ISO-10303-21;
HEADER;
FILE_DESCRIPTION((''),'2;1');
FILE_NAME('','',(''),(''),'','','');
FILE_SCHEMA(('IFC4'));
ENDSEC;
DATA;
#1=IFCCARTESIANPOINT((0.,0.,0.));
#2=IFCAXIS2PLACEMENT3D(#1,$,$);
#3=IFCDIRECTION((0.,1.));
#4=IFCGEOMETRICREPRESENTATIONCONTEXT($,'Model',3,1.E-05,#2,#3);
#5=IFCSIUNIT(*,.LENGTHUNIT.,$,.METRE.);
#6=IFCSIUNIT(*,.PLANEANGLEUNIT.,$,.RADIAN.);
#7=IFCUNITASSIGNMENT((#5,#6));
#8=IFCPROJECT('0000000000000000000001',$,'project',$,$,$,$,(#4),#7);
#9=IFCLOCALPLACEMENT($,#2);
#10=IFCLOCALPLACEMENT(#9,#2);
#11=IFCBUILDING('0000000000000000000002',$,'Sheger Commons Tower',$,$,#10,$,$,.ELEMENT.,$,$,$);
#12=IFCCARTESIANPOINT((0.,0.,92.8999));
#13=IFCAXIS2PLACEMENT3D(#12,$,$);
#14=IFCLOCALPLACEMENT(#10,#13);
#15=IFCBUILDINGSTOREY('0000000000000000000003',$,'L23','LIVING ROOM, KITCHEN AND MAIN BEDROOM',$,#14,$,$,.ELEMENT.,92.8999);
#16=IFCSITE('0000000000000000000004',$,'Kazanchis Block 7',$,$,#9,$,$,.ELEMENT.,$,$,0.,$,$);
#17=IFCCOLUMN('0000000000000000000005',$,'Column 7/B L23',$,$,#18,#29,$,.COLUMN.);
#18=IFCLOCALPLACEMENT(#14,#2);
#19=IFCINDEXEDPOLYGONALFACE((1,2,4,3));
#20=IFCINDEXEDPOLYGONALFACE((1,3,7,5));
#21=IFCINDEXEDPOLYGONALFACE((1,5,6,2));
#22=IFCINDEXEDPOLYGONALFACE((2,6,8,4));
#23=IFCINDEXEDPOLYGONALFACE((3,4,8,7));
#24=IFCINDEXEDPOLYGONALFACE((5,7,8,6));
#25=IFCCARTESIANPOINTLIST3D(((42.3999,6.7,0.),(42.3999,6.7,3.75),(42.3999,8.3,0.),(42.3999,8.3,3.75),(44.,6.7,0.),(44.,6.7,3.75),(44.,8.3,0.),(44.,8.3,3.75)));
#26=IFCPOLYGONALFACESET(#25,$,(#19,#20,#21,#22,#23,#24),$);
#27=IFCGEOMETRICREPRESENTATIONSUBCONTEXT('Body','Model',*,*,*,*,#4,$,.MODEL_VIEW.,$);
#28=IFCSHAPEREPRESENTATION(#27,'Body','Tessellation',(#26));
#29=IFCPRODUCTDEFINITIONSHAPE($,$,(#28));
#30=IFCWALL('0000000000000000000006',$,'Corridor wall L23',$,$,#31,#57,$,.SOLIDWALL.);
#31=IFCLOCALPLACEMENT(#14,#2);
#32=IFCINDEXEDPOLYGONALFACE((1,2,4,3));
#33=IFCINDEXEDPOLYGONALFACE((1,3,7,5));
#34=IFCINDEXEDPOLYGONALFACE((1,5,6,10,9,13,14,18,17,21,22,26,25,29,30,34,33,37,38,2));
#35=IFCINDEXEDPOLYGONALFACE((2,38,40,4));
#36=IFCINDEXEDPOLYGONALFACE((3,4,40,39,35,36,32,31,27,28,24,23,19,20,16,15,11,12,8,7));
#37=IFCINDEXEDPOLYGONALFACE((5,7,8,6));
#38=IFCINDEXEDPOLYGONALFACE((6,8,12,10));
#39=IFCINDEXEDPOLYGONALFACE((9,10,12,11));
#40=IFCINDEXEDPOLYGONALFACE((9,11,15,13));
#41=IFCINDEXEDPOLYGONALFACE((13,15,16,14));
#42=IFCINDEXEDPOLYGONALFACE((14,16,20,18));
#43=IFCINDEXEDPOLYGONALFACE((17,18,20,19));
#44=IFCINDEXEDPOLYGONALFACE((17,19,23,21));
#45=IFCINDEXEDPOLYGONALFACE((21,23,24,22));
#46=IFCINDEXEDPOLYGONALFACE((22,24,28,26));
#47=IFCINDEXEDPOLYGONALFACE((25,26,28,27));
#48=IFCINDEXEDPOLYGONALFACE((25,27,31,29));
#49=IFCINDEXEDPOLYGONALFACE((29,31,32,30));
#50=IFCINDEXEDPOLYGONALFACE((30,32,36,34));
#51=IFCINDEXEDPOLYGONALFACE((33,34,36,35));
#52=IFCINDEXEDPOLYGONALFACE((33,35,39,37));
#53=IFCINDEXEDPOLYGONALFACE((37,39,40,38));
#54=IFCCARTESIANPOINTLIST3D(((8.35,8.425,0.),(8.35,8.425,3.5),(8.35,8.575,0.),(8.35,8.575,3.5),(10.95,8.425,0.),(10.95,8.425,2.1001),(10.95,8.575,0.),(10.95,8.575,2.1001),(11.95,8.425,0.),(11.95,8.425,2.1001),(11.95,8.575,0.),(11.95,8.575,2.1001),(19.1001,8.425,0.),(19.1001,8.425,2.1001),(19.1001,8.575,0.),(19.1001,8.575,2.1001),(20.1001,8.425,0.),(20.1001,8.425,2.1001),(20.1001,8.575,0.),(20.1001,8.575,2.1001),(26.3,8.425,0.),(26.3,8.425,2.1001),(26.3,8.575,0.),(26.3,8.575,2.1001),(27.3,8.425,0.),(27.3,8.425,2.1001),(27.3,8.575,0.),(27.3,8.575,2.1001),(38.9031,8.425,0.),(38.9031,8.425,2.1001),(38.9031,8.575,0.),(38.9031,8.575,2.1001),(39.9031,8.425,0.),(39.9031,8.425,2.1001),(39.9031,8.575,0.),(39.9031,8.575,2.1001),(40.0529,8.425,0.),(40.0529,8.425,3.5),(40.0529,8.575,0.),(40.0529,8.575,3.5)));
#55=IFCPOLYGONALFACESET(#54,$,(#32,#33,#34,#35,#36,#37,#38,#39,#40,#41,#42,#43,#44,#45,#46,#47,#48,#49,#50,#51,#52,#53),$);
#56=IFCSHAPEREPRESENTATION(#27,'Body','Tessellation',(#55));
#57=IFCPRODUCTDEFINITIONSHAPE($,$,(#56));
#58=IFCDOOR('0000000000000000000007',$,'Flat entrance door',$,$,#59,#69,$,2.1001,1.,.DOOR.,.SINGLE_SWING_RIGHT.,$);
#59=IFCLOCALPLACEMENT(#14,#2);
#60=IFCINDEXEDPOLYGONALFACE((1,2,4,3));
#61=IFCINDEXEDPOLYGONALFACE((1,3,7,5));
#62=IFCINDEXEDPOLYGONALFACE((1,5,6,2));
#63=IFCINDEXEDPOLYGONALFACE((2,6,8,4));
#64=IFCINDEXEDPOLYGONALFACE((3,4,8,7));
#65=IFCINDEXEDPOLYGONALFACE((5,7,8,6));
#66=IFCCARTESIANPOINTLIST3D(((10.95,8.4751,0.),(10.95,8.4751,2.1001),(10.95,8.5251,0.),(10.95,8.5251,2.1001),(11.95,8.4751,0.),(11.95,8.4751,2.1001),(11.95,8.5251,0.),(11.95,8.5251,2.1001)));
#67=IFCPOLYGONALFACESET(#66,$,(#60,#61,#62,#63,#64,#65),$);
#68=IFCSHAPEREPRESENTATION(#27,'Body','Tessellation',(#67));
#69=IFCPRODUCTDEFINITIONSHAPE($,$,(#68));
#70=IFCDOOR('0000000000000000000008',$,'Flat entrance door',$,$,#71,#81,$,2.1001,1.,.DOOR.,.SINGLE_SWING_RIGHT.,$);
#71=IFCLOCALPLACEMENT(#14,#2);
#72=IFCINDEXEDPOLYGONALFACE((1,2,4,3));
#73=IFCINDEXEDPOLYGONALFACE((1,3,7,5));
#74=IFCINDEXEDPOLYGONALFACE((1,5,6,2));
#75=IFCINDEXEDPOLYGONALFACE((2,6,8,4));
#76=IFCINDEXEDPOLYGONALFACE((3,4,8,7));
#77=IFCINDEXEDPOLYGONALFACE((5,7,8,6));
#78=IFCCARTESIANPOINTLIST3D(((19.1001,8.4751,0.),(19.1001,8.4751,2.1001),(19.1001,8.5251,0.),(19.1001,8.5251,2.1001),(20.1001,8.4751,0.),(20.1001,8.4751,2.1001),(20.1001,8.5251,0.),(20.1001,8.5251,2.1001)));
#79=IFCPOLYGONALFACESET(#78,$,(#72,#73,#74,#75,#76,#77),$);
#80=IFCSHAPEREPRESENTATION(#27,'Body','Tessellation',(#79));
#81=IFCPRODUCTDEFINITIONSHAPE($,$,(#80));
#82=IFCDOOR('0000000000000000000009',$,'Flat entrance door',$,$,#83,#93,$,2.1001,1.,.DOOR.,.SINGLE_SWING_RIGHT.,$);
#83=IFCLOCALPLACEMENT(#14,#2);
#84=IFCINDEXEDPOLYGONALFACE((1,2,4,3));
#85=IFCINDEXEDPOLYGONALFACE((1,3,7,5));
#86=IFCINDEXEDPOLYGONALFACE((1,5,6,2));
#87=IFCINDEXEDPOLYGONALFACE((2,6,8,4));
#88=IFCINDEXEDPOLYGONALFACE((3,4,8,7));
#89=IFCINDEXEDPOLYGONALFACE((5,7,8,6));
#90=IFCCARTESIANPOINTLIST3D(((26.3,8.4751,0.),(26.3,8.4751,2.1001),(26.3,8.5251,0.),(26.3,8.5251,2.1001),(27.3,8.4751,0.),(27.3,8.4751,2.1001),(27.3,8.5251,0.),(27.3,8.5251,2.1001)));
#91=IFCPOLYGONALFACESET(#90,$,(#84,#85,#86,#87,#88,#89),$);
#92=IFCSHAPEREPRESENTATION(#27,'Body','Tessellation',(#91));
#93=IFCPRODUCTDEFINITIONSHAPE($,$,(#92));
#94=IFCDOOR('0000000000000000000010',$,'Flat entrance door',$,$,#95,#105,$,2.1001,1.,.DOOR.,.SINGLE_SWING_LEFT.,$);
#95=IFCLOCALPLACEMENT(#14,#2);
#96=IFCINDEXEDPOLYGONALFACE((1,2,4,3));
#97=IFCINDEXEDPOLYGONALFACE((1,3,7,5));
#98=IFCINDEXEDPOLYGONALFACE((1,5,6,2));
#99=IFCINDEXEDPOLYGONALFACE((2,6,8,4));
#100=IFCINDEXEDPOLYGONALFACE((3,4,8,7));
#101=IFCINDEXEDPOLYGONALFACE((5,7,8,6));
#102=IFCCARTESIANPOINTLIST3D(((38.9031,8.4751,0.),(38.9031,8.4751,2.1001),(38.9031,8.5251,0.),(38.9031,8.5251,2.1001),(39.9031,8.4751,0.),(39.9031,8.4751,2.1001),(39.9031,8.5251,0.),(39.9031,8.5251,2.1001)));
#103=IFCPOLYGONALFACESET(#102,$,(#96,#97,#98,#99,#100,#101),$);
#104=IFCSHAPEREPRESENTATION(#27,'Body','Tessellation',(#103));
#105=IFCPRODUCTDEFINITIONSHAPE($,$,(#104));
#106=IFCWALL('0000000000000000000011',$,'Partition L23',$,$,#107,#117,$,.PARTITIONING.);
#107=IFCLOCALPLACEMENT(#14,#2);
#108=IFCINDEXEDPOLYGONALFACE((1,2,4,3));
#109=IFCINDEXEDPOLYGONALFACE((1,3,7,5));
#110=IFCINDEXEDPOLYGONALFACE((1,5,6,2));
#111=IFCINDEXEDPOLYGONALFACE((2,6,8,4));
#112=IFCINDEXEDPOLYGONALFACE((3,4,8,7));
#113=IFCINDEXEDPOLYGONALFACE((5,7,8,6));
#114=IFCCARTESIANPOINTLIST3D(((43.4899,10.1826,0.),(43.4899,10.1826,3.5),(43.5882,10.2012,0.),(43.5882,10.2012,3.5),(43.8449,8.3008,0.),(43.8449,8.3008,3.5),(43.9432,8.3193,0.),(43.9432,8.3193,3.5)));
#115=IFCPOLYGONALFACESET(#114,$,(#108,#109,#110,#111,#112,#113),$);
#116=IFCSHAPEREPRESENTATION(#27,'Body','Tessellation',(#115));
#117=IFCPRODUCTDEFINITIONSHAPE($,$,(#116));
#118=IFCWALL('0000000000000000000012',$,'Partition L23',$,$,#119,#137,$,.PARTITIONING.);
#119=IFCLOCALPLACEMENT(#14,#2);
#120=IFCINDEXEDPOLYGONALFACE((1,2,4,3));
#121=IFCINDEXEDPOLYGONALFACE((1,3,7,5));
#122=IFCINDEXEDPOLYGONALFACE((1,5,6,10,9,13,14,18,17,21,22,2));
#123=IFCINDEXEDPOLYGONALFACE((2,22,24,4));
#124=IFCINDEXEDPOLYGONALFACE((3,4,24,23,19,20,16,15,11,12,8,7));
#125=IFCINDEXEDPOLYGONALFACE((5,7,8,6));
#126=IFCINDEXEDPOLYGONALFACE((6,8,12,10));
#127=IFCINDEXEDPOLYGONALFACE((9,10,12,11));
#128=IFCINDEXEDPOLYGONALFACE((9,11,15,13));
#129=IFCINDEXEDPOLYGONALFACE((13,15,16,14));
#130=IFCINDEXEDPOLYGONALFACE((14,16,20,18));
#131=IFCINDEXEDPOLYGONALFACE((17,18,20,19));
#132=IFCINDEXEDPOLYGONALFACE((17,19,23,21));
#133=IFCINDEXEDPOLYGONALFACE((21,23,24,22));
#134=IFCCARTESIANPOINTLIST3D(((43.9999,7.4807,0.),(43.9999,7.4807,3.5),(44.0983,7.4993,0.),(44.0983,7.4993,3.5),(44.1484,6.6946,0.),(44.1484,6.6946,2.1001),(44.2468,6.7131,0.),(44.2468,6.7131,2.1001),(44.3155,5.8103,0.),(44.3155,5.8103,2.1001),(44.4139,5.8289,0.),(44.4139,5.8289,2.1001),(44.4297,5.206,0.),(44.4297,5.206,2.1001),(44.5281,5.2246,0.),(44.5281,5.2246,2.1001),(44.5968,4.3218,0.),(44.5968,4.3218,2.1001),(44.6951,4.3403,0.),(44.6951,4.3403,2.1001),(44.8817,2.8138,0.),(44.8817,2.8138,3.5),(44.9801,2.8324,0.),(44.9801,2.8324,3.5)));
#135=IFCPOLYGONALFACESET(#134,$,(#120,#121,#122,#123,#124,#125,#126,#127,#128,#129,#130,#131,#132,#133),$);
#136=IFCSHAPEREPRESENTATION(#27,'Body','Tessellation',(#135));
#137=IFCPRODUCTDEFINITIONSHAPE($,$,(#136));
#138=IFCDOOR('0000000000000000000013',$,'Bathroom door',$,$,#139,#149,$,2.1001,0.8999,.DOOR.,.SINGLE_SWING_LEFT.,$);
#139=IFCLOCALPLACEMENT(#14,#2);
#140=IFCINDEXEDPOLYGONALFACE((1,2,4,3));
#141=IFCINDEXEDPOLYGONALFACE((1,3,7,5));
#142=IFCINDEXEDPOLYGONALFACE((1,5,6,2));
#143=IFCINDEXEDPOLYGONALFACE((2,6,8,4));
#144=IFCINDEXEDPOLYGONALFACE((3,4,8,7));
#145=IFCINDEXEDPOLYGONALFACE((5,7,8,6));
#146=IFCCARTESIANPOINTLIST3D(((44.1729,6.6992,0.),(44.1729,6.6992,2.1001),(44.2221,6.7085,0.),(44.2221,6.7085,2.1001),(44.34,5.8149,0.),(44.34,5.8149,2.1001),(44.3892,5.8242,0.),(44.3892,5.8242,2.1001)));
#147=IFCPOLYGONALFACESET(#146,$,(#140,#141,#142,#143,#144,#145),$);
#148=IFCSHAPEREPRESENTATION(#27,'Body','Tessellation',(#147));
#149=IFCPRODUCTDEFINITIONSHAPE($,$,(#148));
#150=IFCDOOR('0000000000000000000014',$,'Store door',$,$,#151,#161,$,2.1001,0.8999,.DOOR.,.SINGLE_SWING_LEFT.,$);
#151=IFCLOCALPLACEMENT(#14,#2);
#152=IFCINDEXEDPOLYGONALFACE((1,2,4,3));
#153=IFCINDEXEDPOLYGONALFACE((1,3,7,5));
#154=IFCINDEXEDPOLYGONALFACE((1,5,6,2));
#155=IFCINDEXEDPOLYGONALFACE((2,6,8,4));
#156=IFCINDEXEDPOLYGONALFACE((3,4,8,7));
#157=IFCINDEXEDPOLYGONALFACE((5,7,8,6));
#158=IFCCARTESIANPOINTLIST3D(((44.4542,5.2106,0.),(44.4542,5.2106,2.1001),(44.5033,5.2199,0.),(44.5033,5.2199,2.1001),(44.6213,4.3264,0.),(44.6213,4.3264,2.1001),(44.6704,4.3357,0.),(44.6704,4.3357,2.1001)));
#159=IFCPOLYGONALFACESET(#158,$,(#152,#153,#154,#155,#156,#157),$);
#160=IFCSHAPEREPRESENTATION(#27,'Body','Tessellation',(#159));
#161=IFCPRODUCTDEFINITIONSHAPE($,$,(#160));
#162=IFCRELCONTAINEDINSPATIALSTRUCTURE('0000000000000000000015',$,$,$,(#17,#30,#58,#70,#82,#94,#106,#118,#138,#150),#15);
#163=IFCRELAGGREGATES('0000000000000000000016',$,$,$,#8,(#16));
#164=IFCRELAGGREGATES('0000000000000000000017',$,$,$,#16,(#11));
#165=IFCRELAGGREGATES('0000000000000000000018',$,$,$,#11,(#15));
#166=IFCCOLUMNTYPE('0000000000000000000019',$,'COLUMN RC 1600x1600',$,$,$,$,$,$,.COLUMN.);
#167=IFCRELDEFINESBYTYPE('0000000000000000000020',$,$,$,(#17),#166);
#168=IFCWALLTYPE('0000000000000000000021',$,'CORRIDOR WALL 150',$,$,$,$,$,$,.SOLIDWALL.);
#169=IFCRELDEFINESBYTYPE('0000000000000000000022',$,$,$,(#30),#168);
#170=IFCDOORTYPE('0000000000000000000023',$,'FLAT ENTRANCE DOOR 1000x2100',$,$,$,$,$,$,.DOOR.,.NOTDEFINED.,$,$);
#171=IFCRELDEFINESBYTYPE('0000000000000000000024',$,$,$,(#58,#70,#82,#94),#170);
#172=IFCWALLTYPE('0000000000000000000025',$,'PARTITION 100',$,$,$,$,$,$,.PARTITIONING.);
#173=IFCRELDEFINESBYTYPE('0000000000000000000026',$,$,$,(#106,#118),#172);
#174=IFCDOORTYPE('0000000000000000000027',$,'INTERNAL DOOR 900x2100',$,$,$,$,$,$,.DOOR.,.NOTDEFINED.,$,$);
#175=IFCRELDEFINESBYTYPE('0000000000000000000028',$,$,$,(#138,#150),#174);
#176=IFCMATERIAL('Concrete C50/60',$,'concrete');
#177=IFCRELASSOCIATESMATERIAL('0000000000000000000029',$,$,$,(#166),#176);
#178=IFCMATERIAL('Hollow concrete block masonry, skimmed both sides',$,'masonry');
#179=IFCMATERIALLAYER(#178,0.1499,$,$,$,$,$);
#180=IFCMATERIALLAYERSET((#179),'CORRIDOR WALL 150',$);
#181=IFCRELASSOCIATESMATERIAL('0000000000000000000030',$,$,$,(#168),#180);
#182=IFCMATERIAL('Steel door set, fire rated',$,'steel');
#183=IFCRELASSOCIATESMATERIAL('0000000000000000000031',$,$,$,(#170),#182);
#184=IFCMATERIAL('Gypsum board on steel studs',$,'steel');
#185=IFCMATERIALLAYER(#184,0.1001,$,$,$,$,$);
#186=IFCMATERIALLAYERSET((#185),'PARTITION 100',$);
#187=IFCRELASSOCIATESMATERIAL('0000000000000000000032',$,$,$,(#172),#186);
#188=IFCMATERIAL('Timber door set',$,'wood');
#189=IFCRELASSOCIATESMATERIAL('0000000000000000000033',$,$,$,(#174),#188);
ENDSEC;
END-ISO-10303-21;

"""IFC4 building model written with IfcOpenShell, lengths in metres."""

from ifc_helpers import new_model, si_unit, direction, frame, frame_2d, origin, origin_2d, place, context, subcontext, project, spatial, rectangle, extrude, material, layer, layer_set, material_profile, profile_set, type_object, element, fill, save


model = new_model("IFC4")

# Units and contexts
model_context = context("Model", 3, precision=1e-05, world=origin(), true_north=direction((0.0, 1.0)))
body_context = subcontext(model_context, "Body", "Model", "MODEL_VIEW")
ifc_project = project(units=[si_unit("LENGTHUNIT", "METRE"), si_unit("PLANEANGLEUNIT", "RADIAN")], contexts=[model_context])

# Site, building, storey
site_placement = place(None, origin())
site = spatial("IfcSite", under=ifc_project, at=site_placement, Name="Kazanchis Block 7", CompositionType="ELEMENT", RefElevation=0.0)
building_placement = place(site_placement, origin())
building = spatial("IfcBuilding", under=site, at=building_placement, Name="Sheger Commons Tower", CompositionType="ELEMENT")
storey_placement = place(building_placement, frame((0.0, 0.0, 92.8999)))
storey = spatial("IfcBuildingStorey", under=building, at=storey_placement, Name="L23", Description="LIVING ROOM, KITCHEN AND MAIN BEDROOM", CompositionType="ELEMENT", Elevation=92.8999)

# Column
ifc_material_1 = material(Name="Concrete C50/60", Category="concrete")
ifc_material_profile = material_profile(ifc_material_1, rectangle(XDim=1.6001, YDim=1.6001, at=origin_2d()), Name="RC 1600x1600")
ifc_profile_set = profile_set([ifc_material_profile], Name="Concrete C50/60")
column_type = type_object("IfcColumnType", Name="COLUMN RC 1600x1600", PredefinedType="COLUMN", material=ifc_profile_set)
column_placement = place(storey_placement, frame((43.2, 7.5, 0.0), z_axis=(0.0, 0.0, 1.0), x_axis=(1.0, 0.0, 0.0)))
element("IfcColumn", 1, at=column_placement, inside=storey, type_object=column_type, Name="Column 7/B L23", PredefinedType="COLUMN", context=body_context, shape_type="SweptSolid", body=[
    extrude(rectangle(XDim=1.6001, YDim=1.6001, at=origin_2d()), origin(), (0.0, 0.0, 1.0), 3.75),
])

# Wall, openings, doors
ifc_material_2 = material(Name="Hollow concrete block masonry, skimmed both sides", Category="masonry")
ifc_layer_1 = layer(ifc_material_2, 0.1499)
ifc_layer_set_1 = layer_set([ifc_layer_1], Name="CORRIDOR WALL 150")
wall_type_1 = type_object("IfcWallType", Name="CORRIDOR WALL 150", PredefinedType="SOLIDWALL", material=ifc_layer_set_1)
wall_1_placement = place(storey_placement, frame((40.053, 8.5, 0.0), z_axis=(0.0, 0.0, 1.0), x_axis=(-1.0, 0.0, 0.0)))
wall_1 = element("IfcWall", 2, at=wall_1_placement, inside=storey, type_object=wall_type_1, Name="Corridor wall L23", PredefinedType="SOLIDWALL", context=body_context, shape_type="SweptSolid", body=[
    extrude(rectangle(XDim=31.7029, YDim=0.1499, at=frame_2d((15.8516, 0.0))), origin(), (0.0, 0.0, 1.0), 3.5),
])
opening_1_placement = place(wall_1_placement, frame((28.103, 0.0, 0.0)))
opening_1 = element("IfcOpeningElement", 3, at=opening_1_placement, cuts=wall_1, PredefinedType="OPENING", context=body_context, shape_type="SweptSolid", body=[
    extrude(rectangle(XDim=1.0, YDim=2.1001, at=frame_2d((0.5, 1.05))), frame((0.0, 0.085, 0.0), z_axis=(0.0, -1.0, 0.0), x_axis=(1.0, 0.0, 0.0)), (0.0, 0.0, 1.0), 0.1699),
])
opening_2_placement = place(wall_1_placement, frame((19.9529, 0.0, 0.0)))
opening_2 = element("IfcOpeningElement", 4, at=opening_2_placement, cuts=wall_1, PredefinedType="OPENING", context=body_context, shape_type="SweptSolid", body=[
    extrude(rectangle(XDim=1.0, YDim=2.1001, at=frame_2d((0.5, 1.05))), frame((0.0, 0.085, 0.0), z_axis=(0.0, -1.0, 0.0), x_axis=(1.0, 0.0, 0.0)), (0.0, 0.0, 1.0), 0.1699),
])
opening_3_placement = place(wall_1_placement, frame((12.7529, 0.0, 0.0)))
opening_3 = element("IfcOpeningElement", 5, at=opening_3_placement, cuts=wall_1, PredefinedType="OPENING", context=body_context, shape_type="SweptSolid", body=[
    extrude(rectangle(XDim=1.0, YDim=2.1001, at=frame_2d((0.5, 1.05))), frame((0.0, 0.085, 0.0), z_axis=(0.0, -1.0, 0.0), x_axis=(1.0, 0.0, 0.0)), (0.0, 0.0, 1.0), 0.1699),
])
opening_4_placement = place(wall_1_placement, frame((0.1499, 0.0, 0.0)))
opening_4 = element("IfcOpeningElement", 6, at=opening_4_placement, cuts=wall_1, PredefinedType="OPENING", context=body_context, shape_type="SweptSolid", body=[
    extrude(rectangle(XDim=1.0, YDim=2.1001, at=frame_2d((0.5, 1.05))), frame((0.0, 0.085, 0.0), z_axis=(0.0, -1.0, 0.0), x_axis=(1.0, 0.0, 0.0)), (0.0, 0.0, 1.0), 0.1699),
])
ifc_material_3 = material(Name="Steel door set, fire rated", Category="steel")
door_type_1 = type_object("IfcDoorType", Name="FLAT ENTRANCE DOOR 1000x2100", OperationType="NOTDEFINED", PredefinedType="DOOR", material=ifc_material_3)
door_1_placement = place(opening_1_placement, origin())
door_1 = element("IfcDoor", 7, at=door_1_placement, inside=storey, type_object=door_type_1, Name="Flat entrance door", OperationType="SINGLE_SWING_RIGHT", OverallHeight=2.1001, OverallWidth=1.0, PredefinedType="DOOR", context=body_context, shape_type="SweptSolid", body=[
    extrude(rectangle(XDim=1.0, YDim=2.1001, at=frame_2d((0.5, 1.05))), frame((0.0, 0.0249, 0.0), z_axis=(0.0, -1.0, 0.0), x_axis=(1.0, 0.0, 0.0)), (0.0, 0.0, 1.0), 0.05),
])
fill(opening_1, door_1)
door_2_placement = place(opening_2_placement, origin())
door_2 = element("IfcDoor", 8, at=door_2_placement, inside=storey, type_object=door_type_1, Name="Flat entrance door", OperationType="SINGLE_SWING_RIGHT", OverallHeight=2.1001, OverallWidth=1.0, PredefinedType="DOOR", context=body_context, shape_type="SweptSolid", body=[
    extrude(rectangle(XDim=1.0, YDim=2.1001, at=frame_2d((0.5, 1.05))), frame((0.0, 0.0249, 0.0), z_axis=(0.0, -1.0, 0.0), x_axis=(1.0, 0.0, 0.0)), (0.0, 0.0, 1.0), 0.05),
])
fill(opening_2, door_2)
door_3_placement = place(opening_3_placement, origin())
door_3 = element("IfcDoor", 9, at=door_3_placement, inside=storey, type_object=door_type_1, Name="Flat entrance door", OperationType="SINGLE_SWING_RIGHT", OverallHeight=2.1001, OverallWidth=1.0, PredefinedType="DOOR", context=body_context, shape_type="SweptSolid", body=[
    extrude(rectangle(XDim=1.0, YDim=2.1001, at=frame_2d((0.5, 1.05))), frame((0.0, 0.0249, 0.0), z_axis=(0.0, -1.0, 0.0), x_axis=(1.0, 0.0, 0.0)), (0.0, 0.0, 1.0), 0.05),
])
fill(opening_3, door_3)
door_4_placement = place(opening_4_placement, origin())
door_4 = element("IfcDoor", 10, at=door_4_placement, inside=storey, type_object=door_type_1, Name="Flat entrance door", OperationType="SINGLE_SWING_LEFT", OverallHeight=2.1001, OverallWidth=1.0, PredefinedType="DOOR", context=body_context, shape_type="SweptSolid", body=[
    extrude(rectangle(XDim=1.0, YDim=2.1001, at=frame_2d((0.5, 1.05))), frame((0.0, 0.0249, 0.0), z_axis=(0.0, -1.0, 0.0), x_axis=(1.0, 0.0, 0.0)), (0.0, 0.0, 1.0), 0.05),
])
fill(opening_4, door_4)

# Wall
ifc_material_4 = material(Name="Gypsum board on steel studs", Category="steel")
ifc_layer_2 = layer(ifc_material_4, 0.1001)
ifc_layer_set_2 = layer_set([ifc_layer_2], Name="PARTITION 100")
wall_type_2 = type_object("IfcWallType", Name="PARTITION 100", PredefinedType="PARTITIONING", material=ifc_layer_set_2)
wall_2_placement = place(storey_placement, frame((43.5391, 10.1919, 0.0), z_axis=(0.0, 0.0, 1.0), x_axis=(0.185366, -0.98267, 0.0)))
element("IfcWall", 11, at=wall_2_placement, inside=storey, type_object=wall_type_2, Name="Partition L23", PredefinedType="PARTITIONING", context=body_context, shape_type="SweptSolid", body=[
    extrude(rectangle(XDim=1.915, YDim=0.1001, at=frame_2d((0.9575, 0.0))), origin(), (0.0, 0.0, 1.0), 3.5),
])

# Wall, openings, doors
wall_3_placement = place(storey_placement, frame((44.0491, 7.49, 0.0), z_axis=(0.0, 0.0, 1.0), x_axis=(0.185666, -0.982613, 0.0)))
wall_3 = element("IfcWall", 12, at=wall_3_placement, inside=storey, type_object=wall_type_2, Name="Partition L23", PredefinedType="PARTITIONING", context=body_context, shape_type="SweptSolid", body=[
    extrude(rectangle(XDim=4.7495, YDim=0.1001, at=frame_2d((2.3748, 0.0))), origin(), (0.0, 0.0, 1.0), 3.5),
])
opening_5_placement = place(wall_3_placement, frame((0.8, 0.0, 0.0)))
opening_5 = element("IfcOpeningElement", 13, at=opening_5_placement, cuts=wall_3, PredefinedType="OPENING", context=body_context, shape_type="SweptSolid", body=[
    extrude(rectangle(XDim=0.8999, YDim=2.1001, at=frame_2d((0.45, 1.05))), frame((0.0, 0.0601, 0.0), z_axis=(0.0, -1.0, 0.0), x_axis=(1.0, 0.0, 0.0)), (0.0, 0.0, 1.0), 0.1201),
])
opening_6_placement = place(wall_3_placement, frame((2.3149, 0.0, 0.0)))
opening_6 = element("IfcOpeningElement", 14, at=opening_6_placement, cuts=wall_3, PredefinedType="OPENING", context=body_context, shape_type="SweptSolid", body=[
    extrude(rectangle(XDim=0.8999, YDim=2.1001, at=frame_2d((0.45, 1.05))), frame((0.0, 0.0601, 0.0), z_axis=(0.0, -1.0, 0.0), x_axis=(1.0, 0.0, 0.0)), (0.0, 0.0, 1.0), 0.1201),
])
ifc_material_5 = material(Name="Timber door set", Category="wood")
door_type_2 = type_object("IfcDoorType", Name="INTERNAL DOOR 900x2100", OperationType="NOTDEFINED", PredefinedType="DOOR", material=ifc_material_5)
door_5_placement = place(opening_5_placement, origin())
door_5 = element("IfcDoor", 15, at=door_5_placement, inside=storey, type_object=door_type_2, Name="Bathroom door", OperationType="SINGLE_SWING_LEFT", OverallHeight=2.1001, OverallWidth=0.8999, PredefinedType="DOOR", context=body_context, shape_type="SweptSolid", body=[
    extrude(rectangle(XDim=0.8999, YDim=2.1001, at=frame_2d((0.45, 1.05))), frame((0.0, 0.0249, 0.0), z_axis=(0.0, -1.0, 0.0), x_axis=(1.0, 0.0, 0.0)), (0.0, 0.0, 1.0), 0.05),
])
fill(opening_5, door_5)
door_6_placement = place(opening_6_placement, origin())
door_6 = element("IfcDoor", 16, at=door_6_placement, inside=storey, type_object=door_type_2, Name="Store door", OperationType="SINGLE_SWING_LEFT", OverallHeight=2.1001, OverallWidth=0.8999, PredefinedType="DOOR", context=body_context, shape_type="SweptSolid", body=[
    extrude(rectangle(XDim=0.8999, YDim=2.1001, at=frame_2d((0.45, 1.05))), frame((0.0, 0.0249, 0.0), z_axis=(0.0, -1.0, 0.0), x_axis=(1.0, 0.0, 0.0)), (0.0, 0.0, 1.0), 0.05),
])
fill(opening_6, door_6)

save(model, "model.ifc")
